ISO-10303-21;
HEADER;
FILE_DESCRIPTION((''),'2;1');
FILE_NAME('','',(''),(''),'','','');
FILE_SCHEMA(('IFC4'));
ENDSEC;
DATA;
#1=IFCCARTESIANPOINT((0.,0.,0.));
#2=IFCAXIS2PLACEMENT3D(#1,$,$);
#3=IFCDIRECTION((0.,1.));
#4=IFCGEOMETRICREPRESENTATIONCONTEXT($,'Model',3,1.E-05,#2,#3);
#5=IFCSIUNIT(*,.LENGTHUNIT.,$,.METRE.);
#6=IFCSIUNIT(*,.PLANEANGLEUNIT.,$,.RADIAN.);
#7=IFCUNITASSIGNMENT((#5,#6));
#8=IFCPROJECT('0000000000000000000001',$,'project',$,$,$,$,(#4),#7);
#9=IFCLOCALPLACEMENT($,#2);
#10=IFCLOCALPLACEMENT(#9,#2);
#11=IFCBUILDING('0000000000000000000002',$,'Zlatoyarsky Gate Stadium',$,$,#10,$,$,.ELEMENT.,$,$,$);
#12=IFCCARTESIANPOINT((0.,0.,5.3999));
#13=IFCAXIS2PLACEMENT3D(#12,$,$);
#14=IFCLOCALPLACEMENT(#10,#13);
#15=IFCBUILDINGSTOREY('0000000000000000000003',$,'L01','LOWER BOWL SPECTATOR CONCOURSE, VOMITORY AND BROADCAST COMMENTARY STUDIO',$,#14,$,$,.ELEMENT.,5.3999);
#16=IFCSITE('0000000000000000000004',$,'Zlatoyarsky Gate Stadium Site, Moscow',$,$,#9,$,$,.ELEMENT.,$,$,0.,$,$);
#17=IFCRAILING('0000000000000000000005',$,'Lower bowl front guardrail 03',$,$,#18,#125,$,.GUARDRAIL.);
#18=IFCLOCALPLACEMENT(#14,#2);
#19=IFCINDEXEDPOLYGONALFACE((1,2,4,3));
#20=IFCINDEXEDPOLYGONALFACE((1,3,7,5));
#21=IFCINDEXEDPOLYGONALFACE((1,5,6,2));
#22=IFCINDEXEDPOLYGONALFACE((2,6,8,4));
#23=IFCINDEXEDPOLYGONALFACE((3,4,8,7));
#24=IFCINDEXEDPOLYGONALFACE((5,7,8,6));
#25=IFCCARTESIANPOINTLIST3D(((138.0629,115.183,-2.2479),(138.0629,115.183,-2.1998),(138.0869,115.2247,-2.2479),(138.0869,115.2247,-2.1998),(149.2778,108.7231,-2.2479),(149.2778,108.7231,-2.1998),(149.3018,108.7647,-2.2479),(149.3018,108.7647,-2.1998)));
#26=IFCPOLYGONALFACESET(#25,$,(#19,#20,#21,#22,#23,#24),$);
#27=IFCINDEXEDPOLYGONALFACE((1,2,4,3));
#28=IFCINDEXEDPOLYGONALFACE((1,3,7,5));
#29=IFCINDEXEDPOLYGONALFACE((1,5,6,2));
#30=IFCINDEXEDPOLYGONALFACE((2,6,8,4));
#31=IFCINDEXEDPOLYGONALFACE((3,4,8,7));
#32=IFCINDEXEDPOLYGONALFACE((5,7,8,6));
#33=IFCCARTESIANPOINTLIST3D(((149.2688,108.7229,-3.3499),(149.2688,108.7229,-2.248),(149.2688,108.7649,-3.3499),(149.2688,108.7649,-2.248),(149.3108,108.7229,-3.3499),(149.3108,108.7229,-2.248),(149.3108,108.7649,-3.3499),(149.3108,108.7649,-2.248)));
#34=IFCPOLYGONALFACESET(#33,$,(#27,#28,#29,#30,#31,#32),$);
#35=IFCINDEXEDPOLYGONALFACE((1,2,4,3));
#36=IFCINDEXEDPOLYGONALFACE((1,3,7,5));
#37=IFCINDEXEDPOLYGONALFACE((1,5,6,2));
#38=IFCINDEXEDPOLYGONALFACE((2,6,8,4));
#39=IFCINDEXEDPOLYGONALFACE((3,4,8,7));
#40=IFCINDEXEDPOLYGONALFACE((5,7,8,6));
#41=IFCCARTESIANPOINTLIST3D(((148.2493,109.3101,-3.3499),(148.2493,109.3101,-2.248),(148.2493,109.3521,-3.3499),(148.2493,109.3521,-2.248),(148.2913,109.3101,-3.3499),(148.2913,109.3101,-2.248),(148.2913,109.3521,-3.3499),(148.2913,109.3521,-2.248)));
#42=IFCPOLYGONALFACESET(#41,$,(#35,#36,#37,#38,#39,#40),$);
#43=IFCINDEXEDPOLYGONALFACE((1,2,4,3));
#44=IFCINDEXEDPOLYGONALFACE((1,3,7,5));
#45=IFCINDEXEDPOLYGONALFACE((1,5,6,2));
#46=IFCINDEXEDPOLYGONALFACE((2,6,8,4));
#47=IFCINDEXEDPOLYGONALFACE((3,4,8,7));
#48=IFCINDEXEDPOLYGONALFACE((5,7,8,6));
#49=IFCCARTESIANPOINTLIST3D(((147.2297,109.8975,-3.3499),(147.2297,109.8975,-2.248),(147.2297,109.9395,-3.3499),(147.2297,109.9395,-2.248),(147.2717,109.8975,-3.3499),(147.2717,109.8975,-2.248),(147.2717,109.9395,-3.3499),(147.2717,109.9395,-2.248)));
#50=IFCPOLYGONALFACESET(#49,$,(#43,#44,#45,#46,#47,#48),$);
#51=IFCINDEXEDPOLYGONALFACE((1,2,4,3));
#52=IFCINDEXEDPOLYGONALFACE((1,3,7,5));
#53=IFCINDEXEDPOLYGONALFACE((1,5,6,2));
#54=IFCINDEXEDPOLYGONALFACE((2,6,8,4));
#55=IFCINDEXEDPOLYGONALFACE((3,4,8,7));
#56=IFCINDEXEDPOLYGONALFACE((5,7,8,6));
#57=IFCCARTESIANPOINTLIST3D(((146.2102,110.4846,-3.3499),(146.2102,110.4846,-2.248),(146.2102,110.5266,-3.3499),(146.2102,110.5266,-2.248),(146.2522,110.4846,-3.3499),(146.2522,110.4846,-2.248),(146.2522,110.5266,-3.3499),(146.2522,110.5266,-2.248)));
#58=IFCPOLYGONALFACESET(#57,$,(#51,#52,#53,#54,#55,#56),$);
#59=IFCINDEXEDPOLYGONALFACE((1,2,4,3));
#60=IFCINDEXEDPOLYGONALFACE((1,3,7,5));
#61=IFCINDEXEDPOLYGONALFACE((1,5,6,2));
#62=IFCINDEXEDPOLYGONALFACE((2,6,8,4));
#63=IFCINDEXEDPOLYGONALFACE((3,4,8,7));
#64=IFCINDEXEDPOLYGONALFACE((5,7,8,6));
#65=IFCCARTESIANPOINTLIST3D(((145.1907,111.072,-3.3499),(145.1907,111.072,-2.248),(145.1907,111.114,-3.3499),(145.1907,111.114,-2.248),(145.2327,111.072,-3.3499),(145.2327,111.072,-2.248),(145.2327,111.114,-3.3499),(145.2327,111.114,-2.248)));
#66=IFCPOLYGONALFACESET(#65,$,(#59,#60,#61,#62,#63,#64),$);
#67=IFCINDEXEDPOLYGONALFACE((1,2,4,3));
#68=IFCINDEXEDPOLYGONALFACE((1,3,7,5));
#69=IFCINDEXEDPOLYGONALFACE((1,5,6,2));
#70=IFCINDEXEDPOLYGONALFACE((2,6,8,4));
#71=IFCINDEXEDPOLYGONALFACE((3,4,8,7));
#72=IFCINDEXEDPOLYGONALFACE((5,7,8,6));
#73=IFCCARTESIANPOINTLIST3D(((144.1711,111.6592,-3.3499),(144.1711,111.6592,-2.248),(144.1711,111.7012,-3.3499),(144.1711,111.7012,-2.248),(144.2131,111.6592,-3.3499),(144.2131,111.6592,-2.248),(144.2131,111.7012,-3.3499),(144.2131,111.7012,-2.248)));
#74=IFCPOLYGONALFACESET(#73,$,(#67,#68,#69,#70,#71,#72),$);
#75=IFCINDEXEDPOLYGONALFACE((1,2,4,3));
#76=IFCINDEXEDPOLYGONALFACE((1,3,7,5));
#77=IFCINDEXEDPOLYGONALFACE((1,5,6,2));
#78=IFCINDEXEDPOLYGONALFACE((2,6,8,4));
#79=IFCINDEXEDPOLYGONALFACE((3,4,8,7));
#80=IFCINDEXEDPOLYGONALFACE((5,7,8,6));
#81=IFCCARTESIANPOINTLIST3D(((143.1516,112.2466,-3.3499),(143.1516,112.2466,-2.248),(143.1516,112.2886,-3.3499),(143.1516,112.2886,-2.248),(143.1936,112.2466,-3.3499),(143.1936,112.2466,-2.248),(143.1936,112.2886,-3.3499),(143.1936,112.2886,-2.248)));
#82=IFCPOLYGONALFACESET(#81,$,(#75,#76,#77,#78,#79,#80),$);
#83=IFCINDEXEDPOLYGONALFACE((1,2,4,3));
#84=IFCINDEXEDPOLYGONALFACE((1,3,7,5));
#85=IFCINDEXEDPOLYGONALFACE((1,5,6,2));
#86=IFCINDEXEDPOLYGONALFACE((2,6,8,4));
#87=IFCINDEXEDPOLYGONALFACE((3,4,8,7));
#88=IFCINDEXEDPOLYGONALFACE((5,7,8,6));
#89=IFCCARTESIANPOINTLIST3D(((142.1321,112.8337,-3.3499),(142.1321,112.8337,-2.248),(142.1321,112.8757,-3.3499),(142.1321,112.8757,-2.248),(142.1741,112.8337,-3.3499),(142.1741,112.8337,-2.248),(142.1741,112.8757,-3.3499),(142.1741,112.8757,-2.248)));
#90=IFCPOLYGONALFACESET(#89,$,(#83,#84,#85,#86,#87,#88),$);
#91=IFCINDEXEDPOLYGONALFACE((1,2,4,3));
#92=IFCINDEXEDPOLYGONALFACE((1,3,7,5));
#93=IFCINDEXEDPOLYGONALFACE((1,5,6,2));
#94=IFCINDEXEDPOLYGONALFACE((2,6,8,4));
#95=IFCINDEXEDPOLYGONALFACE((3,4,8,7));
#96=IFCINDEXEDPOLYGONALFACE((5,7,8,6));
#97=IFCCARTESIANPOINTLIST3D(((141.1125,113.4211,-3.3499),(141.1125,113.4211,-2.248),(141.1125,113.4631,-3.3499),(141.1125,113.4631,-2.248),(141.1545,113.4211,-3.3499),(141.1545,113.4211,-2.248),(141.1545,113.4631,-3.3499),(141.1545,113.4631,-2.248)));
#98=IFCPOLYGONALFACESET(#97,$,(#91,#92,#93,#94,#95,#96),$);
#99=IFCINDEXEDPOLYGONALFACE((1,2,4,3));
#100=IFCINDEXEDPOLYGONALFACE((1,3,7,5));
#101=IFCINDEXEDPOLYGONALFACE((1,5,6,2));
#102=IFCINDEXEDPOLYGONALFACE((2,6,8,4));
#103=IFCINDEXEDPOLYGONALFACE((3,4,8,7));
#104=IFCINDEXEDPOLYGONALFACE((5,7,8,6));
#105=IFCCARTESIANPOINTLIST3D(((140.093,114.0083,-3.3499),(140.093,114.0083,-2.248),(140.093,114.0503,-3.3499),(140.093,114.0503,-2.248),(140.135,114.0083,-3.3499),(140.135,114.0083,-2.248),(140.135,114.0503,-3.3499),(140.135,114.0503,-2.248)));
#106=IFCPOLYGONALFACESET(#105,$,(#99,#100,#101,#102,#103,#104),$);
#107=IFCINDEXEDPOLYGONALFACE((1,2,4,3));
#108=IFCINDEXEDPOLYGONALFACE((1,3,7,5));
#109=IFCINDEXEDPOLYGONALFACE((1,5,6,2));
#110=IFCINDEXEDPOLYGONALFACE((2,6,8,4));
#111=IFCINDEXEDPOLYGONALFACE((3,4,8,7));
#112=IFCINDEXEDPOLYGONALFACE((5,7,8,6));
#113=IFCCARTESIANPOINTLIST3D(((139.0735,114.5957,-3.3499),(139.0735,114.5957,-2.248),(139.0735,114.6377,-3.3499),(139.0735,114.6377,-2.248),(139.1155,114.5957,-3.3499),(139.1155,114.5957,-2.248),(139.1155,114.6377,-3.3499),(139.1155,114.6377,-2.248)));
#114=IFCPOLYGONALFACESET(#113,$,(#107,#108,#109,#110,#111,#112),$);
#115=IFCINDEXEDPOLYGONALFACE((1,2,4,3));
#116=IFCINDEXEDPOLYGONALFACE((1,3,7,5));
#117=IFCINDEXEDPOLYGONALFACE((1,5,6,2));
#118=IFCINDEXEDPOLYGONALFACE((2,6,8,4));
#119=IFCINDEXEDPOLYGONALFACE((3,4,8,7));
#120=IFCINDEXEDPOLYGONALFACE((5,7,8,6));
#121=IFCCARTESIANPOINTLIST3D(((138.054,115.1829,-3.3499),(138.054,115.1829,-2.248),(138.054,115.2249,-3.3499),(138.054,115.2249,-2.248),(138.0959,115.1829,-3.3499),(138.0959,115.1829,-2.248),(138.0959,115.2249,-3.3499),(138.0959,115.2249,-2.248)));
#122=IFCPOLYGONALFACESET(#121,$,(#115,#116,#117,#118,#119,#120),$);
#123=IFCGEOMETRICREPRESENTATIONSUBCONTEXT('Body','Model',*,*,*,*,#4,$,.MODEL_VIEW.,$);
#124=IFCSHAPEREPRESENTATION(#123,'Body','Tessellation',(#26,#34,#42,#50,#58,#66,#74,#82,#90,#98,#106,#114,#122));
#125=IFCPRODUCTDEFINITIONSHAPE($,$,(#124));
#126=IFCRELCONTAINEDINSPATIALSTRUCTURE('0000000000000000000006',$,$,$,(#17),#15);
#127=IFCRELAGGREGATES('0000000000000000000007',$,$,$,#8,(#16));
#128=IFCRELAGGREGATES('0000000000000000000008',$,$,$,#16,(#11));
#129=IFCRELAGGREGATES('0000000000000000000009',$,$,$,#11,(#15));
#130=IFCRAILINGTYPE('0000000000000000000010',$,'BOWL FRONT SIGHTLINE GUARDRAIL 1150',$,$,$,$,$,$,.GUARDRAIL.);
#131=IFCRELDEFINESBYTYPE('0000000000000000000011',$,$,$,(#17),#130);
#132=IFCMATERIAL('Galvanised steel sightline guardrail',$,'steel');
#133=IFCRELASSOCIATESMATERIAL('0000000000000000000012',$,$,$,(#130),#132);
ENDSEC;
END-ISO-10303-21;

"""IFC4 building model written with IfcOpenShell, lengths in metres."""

from ifc_helpers import new_model, si_unit, direction, frame, origin, origin_2d, place, context, subcontext, project, spatial, rectangle, extrude, material, type_object, element, save


model = new_model("IFC4")

# Units and contexts
model_context = context("Model", 3, precision=1e-05, world=origin(), true_north=direction((0.0, 1.0)))
body_context = subcontext(model_context, "Body", "Model", "MODEL_VIEW")
ifc_project = project(units=[si_unit("LENGTHUNIT", "METRE"), si_unit("PLANEANGLEUNIT", "RADIAN")], contexts=[model_context])

# Site, building, storey
site_placement = place(None, origin())
site = spatial("IfcSite", under=ifc_project, at=site_placement, Name="Zlatoyarsky Gate Stadium Site, Moscow", CompositionType="ELEMENT", RefElevation=0.0)
building_placement = place(site_placement, origin())
building = spatial("IfcBuilding", under=site, at=building_placement, Name="Zlatoyarsky Gate Stadium", CompositionType="ELEMENT")
storey_placement = place(building_placement, frame((0.0, 0.0, 5.3999)))
storey = spatial("IfcBuildingStorey", under=building, at=storey_placement, Name="L01", Description="LOWER BOWL SPECTATOR CONCOURSE, VOMITORY AND BROADCAST COMMENTARY STUDIO", CompositionType="ELEMENT", Elevation=5.3999)

# Railing
ifc_material_1 = material(Name="Galvanised steel sightline guardrail", Category="steel")
railing_type = type_object("IfcRailingType", Name="BOWL FRONT SIGHTLINE GUARDRAIL 1150", PredefinedType="GUARDRAIL", material=ifc_material_1)
railing_1_placement = place(storey_placement, frame((149.2898, 108.7439, -3.3499)))
element("IfcRailing", 1, at=railing_1_placement, inside=storey, type_object=railing_type, Name="Lower bowl front guardrail 03", PredefinedType="GUARDRAIL", context=body_context, shape_type="SweptSolid", body=[
    extrude(rectangle(XDim=0.0481, YDim=0.0481, at=origin_2d()), frame((0.0, 0.0, 1.126), z_axis=(-0.866525, 0.499134, 0.0), x_axis=(-0.499134, -0.866525, 0.0)), (0.0, 0.0, 1.0), 12.9424),
    extrude(rectangle(XDim=0.042, YDim=0.042, at=origin_2d()), origin(), (0.0, 0.0, 1.0), 1.1018),
    extrude(rectangle(XDim=0.042, YDim=0.042, at=origin_2d()), frame((-1.0195, 0.5872, 0.0)), (0.0, 0.0, 1.0), 1.1018),
    extrude(rectangle(XDim=0.042, YDim=0.042, at=origin_2d()), frame((-2.0391, 1.1746, 0.0)), (0.0, 0.0, 1.0), 1.1018),
    extrude(rectangle(XDim=0.042, YDim=0.042, at=origin_2d()), frame((-3.0586, 1.7617, 0.0)), (0.0, 0.0, 1.0), 1.1018),
    extrude(rectangle(XDim=0.042, YDim=0.042, at=origin_2d()), frame((-4.0781, 2.3491, 0.0)), (0.0, 0.0, 1.0), 1.1018),
    extrude(rectangle(XDim=0.042, YDim=0.042, at=origin_2d()), frame((-5.0977, 2.9363, 0.0)), (0.0, 0.0, 1.0), 1.1018),
    extrude(rectangle(XDim=0.042, YDim=0.042, at=origin_2d()), frame((-6.1172, 3.5237, 0.0)), (0.0, 0.0, 1.0), 1.1018),
    extrude(rectangle(XDim=0.042, YDim=0.042, at=origin_2d()), frame((-7.1367, 4.1108, 0.0)), (0.0, 0.0, 1.0), 1.1018),
    extrude(rectangle(XDim=0.042, YDim=0.042, at=origin_2d()), frame((-8.1562, 4.6982, 0.0)), (0.0, 0.0, 1.0), 1.1018),
    extrude(rectangle(XDim=0.042, YDim=0.042, at=origin_2d()), frame((-9.1758, 5.2854, 0.0)), (0.0, 0.0, 1.0), 1.1018),
    extrude(rectangle(XDim=0.042, YDim=0.042, at=origin_2d()), frame((-10.1953, 5.8728, 0.0)), (0.0, 0.0, 1.0), 1.1018),
    extrude(rectangle(XDim=0.042, YDim=0.042, at=origin_2d()), frame((-11.2148, 6.46, 0.0)), (0.0, 0.0, 1.0), 1.1018),
])

save(model, "model.ifc")
